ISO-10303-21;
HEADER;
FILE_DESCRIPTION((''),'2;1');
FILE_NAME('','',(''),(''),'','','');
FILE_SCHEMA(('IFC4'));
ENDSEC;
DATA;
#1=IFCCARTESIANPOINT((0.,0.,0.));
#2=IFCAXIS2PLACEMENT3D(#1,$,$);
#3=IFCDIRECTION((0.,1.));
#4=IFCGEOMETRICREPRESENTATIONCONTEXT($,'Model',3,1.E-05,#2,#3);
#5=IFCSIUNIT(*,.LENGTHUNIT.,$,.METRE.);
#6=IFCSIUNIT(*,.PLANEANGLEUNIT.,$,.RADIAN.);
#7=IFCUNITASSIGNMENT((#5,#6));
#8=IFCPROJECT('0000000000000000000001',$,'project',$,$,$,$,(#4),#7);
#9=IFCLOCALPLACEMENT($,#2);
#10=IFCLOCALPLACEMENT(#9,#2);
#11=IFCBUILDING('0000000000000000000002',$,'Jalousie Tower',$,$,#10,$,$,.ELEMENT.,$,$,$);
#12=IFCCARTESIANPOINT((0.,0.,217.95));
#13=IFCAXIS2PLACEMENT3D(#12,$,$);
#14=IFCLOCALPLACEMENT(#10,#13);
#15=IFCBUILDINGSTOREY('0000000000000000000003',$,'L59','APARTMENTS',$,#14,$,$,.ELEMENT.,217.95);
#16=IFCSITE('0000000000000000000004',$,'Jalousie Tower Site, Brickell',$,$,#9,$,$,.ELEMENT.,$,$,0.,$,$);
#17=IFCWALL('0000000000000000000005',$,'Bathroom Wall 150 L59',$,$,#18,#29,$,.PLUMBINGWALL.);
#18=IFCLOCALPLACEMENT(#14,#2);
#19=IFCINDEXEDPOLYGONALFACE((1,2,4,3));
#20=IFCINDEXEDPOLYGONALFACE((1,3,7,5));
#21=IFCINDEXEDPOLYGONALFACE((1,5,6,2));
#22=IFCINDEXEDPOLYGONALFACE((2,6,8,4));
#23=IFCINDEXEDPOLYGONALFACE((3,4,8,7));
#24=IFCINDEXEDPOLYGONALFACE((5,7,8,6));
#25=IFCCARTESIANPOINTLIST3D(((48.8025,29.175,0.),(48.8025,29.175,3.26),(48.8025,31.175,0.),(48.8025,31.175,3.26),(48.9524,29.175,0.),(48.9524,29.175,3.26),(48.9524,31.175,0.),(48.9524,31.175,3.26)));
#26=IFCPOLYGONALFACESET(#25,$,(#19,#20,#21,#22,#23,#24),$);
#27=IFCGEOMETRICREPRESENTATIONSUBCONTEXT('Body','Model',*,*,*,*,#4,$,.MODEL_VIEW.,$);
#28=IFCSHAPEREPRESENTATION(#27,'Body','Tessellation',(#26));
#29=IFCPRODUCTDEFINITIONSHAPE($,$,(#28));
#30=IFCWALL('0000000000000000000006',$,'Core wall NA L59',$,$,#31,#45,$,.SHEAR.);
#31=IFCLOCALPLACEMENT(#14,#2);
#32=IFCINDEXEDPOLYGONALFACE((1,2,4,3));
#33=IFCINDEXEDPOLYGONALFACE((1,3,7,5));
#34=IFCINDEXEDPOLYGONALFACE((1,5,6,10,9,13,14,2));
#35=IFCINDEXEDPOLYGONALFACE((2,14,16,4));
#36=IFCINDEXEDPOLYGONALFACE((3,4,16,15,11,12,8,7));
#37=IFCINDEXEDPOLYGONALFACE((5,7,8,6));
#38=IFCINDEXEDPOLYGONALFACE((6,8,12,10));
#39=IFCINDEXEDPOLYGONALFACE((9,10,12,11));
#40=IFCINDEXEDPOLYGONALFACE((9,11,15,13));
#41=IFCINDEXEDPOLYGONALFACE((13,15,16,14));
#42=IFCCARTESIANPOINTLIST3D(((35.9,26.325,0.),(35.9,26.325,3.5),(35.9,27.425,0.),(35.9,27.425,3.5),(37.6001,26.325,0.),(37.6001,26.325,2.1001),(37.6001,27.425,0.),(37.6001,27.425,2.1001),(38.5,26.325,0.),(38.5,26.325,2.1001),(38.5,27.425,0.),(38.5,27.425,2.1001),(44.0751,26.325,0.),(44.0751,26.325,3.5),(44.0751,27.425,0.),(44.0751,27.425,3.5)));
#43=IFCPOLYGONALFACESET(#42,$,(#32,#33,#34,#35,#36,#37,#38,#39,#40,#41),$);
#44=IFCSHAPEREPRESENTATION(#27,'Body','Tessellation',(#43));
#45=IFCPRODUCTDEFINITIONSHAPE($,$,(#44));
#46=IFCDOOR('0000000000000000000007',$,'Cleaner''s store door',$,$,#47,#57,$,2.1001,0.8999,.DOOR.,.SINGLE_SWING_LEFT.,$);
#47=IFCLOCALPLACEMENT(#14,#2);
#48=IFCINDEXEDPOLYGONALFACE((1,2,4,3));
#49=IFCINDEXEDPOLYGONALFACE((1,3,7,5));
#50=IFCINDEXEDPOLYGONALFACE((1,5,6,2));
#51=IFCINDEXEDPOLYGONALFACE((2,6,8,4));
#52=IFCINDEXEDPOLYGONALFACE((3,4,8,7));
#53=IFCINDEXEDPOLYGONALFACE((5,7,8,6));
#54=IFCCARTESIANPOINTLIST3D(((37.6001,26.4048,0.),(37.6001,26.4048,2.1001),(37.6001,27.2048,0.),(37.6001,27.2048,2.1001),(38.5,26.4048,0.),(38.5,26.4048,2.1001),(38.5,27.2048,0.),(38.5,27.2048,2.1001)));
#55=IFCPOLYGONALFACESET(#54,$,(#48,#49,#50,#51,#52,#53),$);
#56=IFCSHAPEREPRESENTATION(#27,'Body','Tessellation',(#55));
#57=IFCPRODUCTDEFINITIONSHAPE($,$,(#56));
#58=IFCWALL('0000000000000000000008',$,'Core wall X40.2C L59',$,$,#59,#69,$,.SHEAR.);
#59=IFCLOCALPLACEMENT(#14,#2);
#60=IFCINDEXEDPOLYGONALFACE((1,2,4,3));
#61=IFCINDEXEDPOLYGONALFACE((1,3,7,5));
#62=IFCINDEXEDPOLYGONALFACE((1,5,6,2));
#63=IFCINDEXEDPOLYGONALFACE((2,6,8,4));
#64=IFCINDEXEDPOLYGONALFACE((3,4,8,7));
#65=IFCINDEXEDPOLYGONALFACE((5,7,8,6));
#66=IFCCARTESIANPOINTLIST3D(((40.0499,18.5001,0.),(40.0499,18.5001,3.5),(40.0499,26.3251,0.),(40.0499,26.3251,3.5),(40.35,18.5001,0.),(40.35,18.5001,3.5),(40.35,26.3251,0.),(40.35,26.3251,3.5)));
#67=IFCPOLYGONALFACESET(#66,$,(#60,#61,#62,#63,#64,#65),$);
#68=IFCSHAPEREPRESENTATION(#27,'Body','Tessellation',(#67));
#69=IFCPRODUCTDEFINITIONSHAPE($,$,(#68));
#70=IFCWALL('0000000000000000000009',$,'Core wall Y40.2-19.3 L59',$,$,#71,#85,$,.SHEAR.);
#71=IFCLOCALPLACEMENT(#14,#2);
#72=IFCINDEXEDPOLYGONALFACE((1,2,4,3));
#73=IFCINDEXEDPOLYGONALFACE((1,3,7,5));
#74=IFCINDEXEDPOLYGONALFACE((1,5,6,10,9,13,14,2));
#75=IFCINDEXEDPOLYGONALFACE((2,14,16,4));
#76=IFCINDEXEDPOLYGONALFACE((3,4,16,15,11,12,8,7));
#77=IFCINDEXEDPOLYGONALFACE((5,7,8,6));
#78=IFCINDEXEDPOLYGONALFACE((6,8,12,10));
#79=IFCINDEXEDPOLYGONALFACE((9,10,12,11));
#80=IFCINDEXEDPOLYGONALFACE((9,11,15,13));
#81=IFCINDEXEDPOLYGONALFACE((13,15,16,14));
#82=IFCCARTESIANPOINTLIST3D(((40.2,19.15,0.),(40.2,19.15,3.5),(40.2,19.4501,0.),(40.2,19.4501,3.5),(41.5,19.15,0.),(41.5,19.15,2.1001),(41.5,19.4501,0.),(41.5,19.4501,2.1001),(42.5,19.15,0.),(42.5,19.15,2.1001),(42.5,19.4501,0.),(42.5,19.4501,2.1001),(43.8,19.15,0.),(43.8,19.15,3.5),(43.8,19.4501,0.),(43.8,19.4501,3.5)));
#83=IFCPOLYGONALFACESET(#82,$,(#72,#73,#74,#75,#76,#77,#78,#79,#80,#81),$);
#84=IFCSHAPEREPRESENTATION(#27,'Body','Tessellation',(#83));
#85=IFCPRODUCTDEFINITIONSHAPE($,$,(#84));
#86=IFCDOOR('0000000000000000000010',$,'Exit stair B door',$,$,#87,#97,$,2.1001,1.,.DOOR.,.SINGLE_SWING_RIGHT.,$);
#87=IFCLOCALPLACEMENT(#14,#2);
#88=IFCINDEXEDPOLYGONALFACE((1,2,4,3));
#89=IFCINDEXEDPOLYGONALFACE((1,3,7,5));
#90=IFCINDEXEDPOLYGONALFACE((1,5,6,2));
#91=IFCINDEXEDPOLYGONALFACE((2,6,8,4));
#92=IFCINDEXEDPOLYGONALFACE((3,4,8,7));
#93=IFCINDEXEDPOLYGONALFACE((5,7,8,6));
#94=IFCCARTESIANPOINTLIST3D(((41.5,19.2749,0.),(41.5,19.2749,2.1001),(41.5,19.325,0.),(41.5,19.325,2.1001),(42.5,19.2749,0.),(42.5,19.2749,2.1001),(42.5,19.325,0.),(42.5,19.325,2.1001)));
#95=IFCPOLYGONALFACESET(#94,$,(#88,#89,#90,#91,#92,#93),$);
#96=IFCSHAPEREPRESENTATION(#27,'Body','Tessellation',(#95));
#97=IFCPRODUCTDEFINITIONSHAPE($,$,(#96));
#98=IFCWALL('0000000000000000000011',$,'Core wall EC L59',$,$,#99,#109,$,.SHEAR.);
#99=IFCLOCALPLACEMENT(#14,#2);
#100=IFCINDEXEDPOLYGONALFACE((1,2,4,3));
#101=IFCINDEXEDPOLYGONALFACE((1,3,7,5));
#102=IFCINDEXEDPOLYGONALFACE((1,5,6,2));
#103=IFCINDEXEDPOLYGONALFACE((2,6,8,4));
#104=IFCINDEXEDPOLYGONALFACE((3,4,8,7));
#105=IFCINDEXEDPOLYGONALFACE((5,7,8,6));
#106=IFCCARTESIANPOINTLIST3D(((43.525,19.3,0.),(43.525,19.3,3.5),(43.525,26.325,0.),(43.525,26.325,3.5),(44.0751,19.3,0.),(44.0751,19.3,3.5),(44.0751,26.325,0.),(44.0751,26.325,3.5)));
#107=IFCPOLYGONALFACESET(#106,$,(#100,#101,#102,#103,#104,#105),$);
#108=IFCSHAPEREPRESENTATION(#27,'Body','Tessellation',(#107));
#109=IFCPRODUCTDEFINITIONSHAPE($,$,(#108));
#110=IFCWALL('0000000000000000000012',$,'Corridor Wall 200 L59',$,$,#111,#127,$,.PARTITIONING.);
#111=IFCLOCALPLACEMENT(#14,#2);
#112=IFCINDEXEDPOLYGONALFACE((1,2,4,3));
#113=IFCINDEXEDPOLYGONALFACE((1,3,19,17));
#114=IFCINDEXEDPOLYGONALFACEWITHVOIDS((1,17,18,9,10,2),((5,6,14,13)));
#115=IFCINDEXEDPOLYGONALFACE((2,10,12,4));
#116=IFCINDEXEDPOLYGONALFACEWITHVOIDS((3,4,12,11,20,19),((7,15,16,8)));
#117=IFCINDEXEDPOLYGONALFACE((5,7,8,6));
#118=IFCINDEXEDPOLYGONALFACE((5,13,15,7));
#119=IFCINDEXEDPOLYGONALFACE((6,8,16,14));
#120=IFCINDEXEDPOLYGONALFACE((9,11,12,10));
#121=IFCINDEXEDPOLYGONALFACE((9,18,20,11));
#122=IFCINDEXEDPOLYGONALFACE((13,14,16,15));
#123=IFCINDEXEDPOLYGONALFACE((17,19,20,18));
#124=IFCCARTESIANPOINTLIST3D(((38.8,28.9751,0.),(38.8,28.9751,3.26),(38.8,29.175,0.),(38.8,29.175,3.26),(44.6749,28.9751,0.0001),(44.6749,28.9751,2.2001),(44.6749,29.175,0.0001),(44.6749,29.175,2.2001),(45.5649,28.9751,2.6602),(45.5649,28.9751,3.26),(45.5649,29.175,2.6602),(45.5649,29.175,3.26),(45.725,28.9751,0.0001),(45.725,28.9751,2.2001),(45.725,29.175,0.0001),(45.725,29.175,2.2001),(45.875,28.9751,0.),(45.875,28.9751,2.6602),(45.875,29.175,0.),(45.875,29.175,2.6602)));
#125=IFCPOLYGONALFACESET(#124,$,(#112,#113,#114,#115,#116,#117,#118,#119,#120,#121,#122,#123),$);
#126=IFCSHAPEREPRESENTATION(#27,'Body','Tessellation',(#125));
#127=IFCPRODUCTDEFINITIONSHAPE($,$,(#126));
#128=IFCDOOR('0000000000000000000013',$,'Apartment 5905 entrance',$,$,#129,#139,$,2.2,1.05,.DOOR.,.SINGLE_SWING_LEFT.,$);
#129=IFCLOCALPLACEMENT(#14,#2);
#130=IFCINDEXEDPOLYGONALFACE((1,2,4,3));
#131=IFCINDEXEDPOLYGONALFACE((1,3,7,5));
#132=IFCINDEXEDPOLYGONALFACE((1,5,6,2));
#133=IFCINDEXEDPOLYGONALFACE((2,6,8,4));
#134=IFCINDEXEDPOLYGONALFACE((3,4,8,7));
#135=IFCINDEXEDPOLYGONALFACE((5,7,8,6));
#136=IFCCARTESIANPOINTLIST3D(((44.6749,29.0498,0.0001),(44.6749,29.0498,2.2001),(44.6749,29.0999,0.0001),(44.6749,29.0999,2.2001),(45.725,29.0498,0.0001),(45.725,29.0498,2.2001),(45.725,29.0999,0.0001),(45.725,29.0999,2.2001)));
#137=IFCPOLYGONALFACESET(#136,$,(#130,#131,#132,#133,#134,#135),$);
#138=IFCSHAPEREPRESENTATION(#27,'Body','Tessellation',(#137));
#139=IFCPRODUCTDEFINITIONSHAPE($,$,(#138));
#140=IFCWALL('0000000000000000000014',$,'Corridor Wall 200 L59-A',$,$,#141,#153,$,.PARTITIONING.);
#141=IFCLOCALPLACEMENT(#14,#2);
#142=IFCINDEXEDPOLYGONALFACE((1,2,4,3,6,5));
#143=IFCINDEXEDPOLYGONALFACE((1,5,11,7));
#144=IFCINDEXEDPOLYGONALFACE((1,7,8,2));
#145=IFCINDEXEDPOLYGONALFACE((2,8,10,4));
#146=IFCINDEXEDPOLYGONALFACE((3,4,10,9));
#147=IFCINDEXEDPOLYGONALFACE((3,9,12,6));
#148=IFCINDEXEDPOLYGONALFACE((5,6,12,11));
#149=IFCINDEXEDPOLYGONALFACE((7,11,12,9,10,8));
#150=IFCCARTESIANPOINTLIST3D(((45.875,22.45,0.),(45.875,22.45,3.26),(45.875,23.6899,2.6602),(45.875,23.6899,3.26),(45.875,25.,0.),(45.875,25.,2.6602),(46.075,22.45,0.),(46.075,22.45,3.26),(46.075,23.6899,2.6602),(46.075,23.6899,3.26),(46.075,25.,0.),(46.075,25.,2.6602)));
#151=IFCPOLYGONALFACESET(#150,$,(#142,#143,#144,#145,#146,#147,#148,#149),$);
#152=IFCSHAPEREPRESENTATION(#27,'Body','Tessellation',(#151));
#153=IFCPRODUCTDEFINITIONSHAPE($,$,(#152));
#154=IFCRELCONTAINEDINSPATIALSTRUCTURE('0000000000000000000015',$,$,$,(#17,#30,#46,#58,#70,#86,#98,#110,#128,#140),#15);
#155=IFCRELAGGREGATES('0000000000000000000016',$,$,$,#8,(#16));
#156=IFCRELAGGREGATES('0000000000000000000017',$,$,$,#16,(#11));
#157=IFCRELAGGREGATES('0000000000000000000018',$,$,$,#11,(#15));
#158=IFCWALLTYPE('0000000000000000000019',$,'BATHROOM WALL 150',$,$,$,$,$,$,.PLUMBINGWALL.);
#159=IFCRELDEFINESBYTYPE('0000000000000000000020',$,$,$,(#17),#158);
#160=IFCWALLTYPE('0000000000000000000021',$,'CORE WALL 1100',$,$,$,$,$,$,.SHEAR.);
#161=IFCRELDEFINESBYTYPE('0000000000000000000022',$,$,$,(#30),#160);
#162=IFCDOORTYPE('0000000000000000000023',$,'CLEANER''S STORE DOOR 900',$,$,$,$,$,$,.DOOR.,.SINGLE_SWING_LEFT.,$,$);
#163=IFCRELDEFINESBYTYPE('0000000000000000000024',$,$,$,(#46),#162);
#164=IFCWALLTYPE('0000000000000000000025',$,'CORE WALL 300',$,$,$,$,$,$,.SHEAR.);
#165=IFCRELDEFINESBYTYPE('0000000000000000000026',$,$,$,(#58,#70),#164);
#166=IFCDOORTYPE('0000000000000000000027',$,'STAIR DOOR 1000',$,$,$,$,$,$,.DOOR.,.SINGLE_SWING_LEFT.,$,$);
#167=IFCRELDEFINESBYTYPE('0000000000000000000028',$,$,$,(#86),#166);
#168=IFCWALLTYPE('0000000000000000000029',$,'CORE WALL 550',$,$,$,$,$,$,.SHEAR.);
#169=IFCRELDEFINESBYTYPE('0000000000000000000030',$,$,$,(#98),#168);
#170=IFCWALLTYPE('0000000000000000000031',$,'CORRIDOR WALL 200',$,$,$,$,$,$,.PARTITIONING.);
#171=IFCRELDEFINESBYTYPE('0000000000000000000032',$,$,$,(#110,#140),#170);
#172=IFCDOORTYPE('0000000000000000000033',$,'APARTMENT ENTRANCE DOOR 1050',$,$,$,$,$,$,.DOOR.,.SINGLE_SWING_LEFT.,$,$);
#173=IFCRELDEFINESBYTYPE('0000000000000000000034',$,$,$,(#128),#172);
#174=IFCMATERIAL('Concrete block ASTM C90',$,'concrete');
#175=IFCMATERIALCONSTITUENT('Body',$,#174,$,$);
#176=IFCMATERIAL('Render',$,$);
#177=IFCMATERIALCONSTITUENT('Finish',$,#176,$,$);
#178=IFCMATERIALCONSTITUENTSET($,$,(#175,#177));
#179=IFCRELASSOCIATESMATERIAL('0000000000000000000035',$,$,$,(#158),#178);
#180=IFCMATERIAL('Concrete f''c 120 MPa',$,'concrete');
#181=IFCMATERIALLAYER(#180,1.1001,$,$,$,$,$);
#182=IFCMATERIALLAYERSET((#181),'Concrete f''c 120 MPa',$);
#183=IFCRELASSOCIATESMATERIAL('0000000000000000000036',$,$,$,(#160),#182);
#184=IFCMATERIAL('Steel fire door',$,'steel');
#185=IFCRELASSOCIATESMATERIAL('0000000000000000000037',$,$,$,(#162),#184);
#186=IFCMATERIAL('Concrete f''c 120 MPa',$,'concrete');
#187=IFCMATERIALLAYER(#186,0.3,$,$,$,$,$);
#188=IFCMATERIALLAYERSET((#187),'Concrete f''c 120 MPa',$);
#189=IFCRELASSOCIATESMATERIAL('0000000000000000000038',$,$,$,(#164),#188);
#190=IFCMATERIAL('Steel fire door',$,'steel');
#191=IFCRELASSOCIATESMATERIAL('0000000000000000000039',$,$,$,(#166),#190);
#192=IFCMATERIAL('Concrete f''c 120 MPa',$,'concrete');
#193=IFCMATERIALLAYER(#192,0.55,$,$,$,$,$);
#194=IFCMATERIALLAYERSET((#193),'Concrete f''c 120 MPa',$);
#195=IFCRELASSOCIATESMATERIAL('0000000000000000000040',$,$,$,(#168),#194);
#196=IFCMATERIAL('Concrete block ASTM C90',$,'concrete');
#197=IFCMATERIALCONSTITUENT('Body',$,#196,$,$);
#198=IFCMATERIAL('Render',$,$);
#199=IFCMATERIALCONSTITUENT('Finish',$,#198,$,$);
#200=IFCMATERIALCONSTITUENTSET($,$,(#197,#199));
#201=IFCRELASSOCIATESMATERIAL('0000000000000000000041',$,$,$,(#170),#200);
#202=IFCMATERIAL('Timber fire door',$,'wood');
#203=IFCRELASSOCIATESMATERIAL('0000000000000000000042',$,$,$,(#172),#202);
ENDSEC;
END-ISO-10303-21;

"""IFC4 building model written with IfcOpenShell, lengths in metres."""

from ifc_helpers import new_model, si_unit, direction, frame, frame_2d, origin, place, context, subcontext, project, spatial, polyline, rectangle, outline, extrude, material, layer, layer_set, constituent, constituent_set, type_object, element, fill, save


model = new_model("IFC4")

# Units and contexts
model_context = context("Model", 3, precision=1e-05, world=origin(), true_north=direction((0.0, 1.0)))
body_context = subcontext(model_context, "Body", "Model", "MODEL_VIEW")
ifc_project = project(units=[si_unit("LENGTHUNIT", "METRE"), si_unit("PLANEANGLEUNIT", "RADIAN")], contexts=[model_context])

# Site, building, storey
site_placement = place(None, origin())
site = spatial("IfcSite", under=ifc_project, at=site_placement, Name="Jalousie Tower Site, Brickell", CompositionType="ELEMENT", RefElevation=0.0)
building_placement = place(site_placement, origin())
building = spatial("IfcBuilding", under=site, at=building_placement, Name="Jalousie Tower", CompositionType="ELEMENT")
storey_placement = place(building_placement, frame((0.0, 0.0, 217.95)))
storey = spatial("IfcBuildingStorey", under=building, at=storey_placement, Name="L59", Description="APARTMENTS", CompositionType="ELEMENT", Elevation=217.95)

# Shared definitions
ifc_material_1 = material(Name="Concrete block ASTM C90", Category="concrete")
ifc_constituent_1 = constituent(ifc_material_1, Name="Body")
ifc_material_2 = material(Name="Render")
ifc_constituent_2 = constituent(ifc_material_2, Name="Finish")
ifc_constituent_set_1 = constituent_set(constituents=[ifc_constituent_1, ifc_constituent_2])
wall_type_1 = type_object("IfcWallType", Name="BATHROOM WALL 150", PredefinedType="PLUMBINGWALL", material=ifc_constituent_set_1)

# Wall
wall_1_placement = place(storey_placement, frame((48.8774, 29.175, 0.0), z_axis=(0.0, 0.0, 1.0), x_axis=(0.0, 1.0, 0.0)))
element("IfcWall", 1, at=wall_1_placement, inside=storey, type_object=wall_type_1, Name="Bathroom Wall 150 L59", PredefinedType="PLUMBINGWALL", context=body_context, shape_type="SweptSolid", body=[
    extrude(rectangle(XDim=2.0, YDim=0.1499, at=frame_2d((1.0, 0.0))), origin(), (0.0, 0.0, 1.0), 3.26),
])

# Wall, opening, door
ifc_material_3 = material(Name="Concrete f'c 120 MPa", Category="concrete")
ifc_layer_1 = layer(ifc_material_3, 1.1001)
ifc_layer_set_1 = layer_set([ifc_layer_1], Name="Concrete f'c 120 MPa")
wall_type_2 = type_object("IfcWallType", Name="CORE WALL 1100", PredefinedType="SHEAR", material=ifc_layer_set_1)
wall_2_placement = place(storey_placement, frame((44.075, 26.875, 0.0), z_axis=(0.0, 0.0, 1.0), x_axis=(-1.0, 0.0, 0.0)))
wall_2 = element("IfcWall", 2, at=wall_2_placement, inside=storey, type_object=wall_type_2, Name="Core wall NA L59", PredefinedType="SHEAR", context=body_context, shape_type="SweptSolid", body=[
    extrude(rectangle(XDim=8.175, YDim=1.1001, at=frame_2d((4.0874, 0.0))), origin(), (0.0, 0.0, 1.0), 3.5),
])
opening_1_placement = place(wall_2_placement, frame((5.575, 0.0, 0.0)))
opening_1 = element("IfcOpeningElement", 3, at=opening_1_placement, cuts=wall_2, PredefinedType="OPENING", context=body_context, shape_type="SweptSolid", body=[
    extrude(rectangle(XDim=0.8999, YDim=2.1001, at=frame_2d((0.45, 1.05))), frame((0.0, 0.5601, 0.0), z_axis=(0.0, -1.0, 0.0), x_axis=(1.0, 0.0, 0.0)), (0.0, 0.0, 1.0), 1.1201),
])
ifc_material_4 = material(Name="Steel fire door", Category="steel")
door_type_1 = type_object("IfcDoorType", Name="CLEANER'S STORE DOOR 900", OperationType="SINGLE_SWING_LEFT", PredefinedType="DOOR", material=ifc_material_4)
door_1_placement = place(opening_1_placement, origin())
door_1 = element("IfcDoor", 4, at=door_1_placement, inside=storey, type_object=door_type_1, Name="Cleaner's store door", OperationType="SINGLE_SWING_LEFT", OverallHeight=2.1001, OverallWidth=0.8999, PredefinedType="DOOR", context=body_context, shape_type="SweptSolid", body=[
    extrude(rectangle(XDim=0.8999, YDim=2.1001, at=frame_2d((0.45, 1.05))), frame((0.0, 0.4702, 0.0), z_axis=(0.0, -1.0, 0.0), x_axis=(1.0, 0.0, 0.0)), (0.0, 0.0, 1.0), 0.8),
])
fill(opening_1, door_1)

# Wall
ifc_material_5 = material(Name="Concrete f'c 120 MPa", Category="concrete")
ifc_layer_2 = layer(ifc_material_5, 0.3)
ifc_layer_set_2 = layer_set([ifc_layer_2], Name="Concrete f'c 120 MPa")
wall_type_3 = type_object("IfcWallType", Name="CORE WALL 300", PredefinedType="SHEAR", material=ifc_layer_set_2)
wall_3_placement = place(storey_placement, frame((40.2, 18.5, 0.0), z_axis=(0.0, 0.0, 1.0), x_axis=(0.0, 1.0, 0.0)))
element("IfcWall", 5, at=wall_3_placement, inside=storey, type_object=wall_type_3, Name="Core wall X40.2C L59", PredefinedType="SHEAR", context=body_context, shape_type="SweptSolid", body=[
    extrude(rectangle(XDim=7.825, YDim=0.3, at=frame_2d((3.9126, 0.0))), origin(), (0.0, 0.0, 1.0), 3.5),
])

# Wall, opening, door
wall_4_placement = place(storey_placement, frame((40.2, 19.3, 0.0), z_axis=(0.0, 0.0, 1.0), x_axis=(1.0, 0.0, 0.0)))
wall_4 = element("IfcWall", 6, at=wall_4_placement, inside=storey, type_object=wall_type_3, Name="Core wall Y40.2-19.3 L59", PredefinedType="SHEAR", context=body_context, shape_type="SweptSolid", body=[
    extrude(rectangle(XDim=3.6001, YDim=0.3, at=frame_2d((1.8, 0.0))), origin(), (0.0, 0.0, 1.0), 3.5),
])
opening_2_placement = place(wall_4_placement, frame((1.3, 0.0, 0.0)))
opening_2 = element("IfcOpeningElement", 7, at=opening_2_placement, cuts=wall_4, PredefinedType="OPENING", context=body_context, shape_type="SweptSolid", body=[
    extrude(rectangle(XDim=1.0, YDim=2.1001, at=frame_2d((0.5, 1.05))), frame((0.0, 0.1599, 0.0), z_axis=(0.0, -1.0, 0.0), x_axis=(1.0, 0.0, 0.0)), (0.0, 0.0, 1.0), 0.3201),
])
ifc_material_6 = material(Name="Steel fire door", Category="steel")
door_type_2 = type_object("IfcDoorType", Name="STAIR DOOR 1000", OperationType="SINGLE_SWING_LEFT", PredefinedType="DOOR", material=ifc_material_6)
door_2_placement = place(opening_2_placement, origin())
door_2 = element("IfcDoor", 8, at=door_2_placement, inside=storey, type_object=door_type_2, Name="Exit stair B door", OperationType="SINGLE_SWING_RIGHT", OverallHeight=2.1001, OverallWidth=1.0, PredefinedType="DOOR", context=body_context, shape_type="SweptSolid", body=[
    extrude(rectangle(XDim=1.0, YDim=2.1001, at=frame_2d((0.5, 1.05))), frame((0.0, 0.0249, 0.0), z_axis=(0.0, -1.0, 0.0), x_axis=(1.0, 0.0, 0.0)), (0.0, 0.0, 1.0), 0.05),
])
fill(opening_2, door_2)

# Wall
ifc_material_7 = material(Name="Concrete f'c 120 MPa", Category="concrete")
ifc_layer_3 = layer(ifc_material_7, 0.55)
ifc_layer_set_3 = layer_set([ifc_layer_3], Name="Concrete f'c 120 MPa")
wall_type_4 = type_object("IfcWallType", Name="CORE WALL 550", PredefinedType="SHEAR", material=ifc_layer_set_3)
wall_5_placement = place(storey_placement, frame((43.8, 19.3, 0.0), z_axis=(0.0, 0.0, 1.0), x_axis=(0.0, 1.0, 0.0)))
element("IfcWall", 9, at=wall_5_placement, inside=storey, type_object=wall_type_4, Name="Core wall EC L59", PredefinedType="SHEAR", context=body_context, shape_type="SweptSolid", body=[
    extrude(rectangle(XDim=7.0249, YDim=0.55, at=frame_2d((3.5125, 0.0))), origin(), (0.0, 0.0, 1.0), 3.5),
])

# Wall, opening, door
ifc_material_8 = material(Name="Concrete block ASTM C90", Category="concrete")
ifc_constituent_3 = constituent(ifc_material_8, Name="Body")
ifc_material_9 = material(Name="Render")
ifc_constituent_4 = constituent(ifc_material_9, Name="Finish")
ifc_constituent_set_2 = constituent_set(constituents=[ifc_constituent_3, ifc_constituent_4])
wall_type_5 = type_object("IfcWallType", Name="CORRIDOR WALL 200", PredefinedType="PARTITIONING", material=ifc_constituent_set_2)
wall_6_placement = place(storey_placement, frame((38.8, 29.075, 0.0), z_axis=(0.0, 0.0, 1.0), x_axis=(1.0, 0.0, 0.0)))
wall_6 = element("IfcWall", 10, at=wall_6_placement, inside=storey, type_object=wall_type_5, Name="Corridor Wall 200 L59", PredefinedType="PARTITIONING", context=body_context, shape_type="SweptSolid", body=[
    extrude(outline(polyline([(0.0, 0.0), (7.075, 0.0), (7.075, 3.26), (7.075, 2.6602), (6.7649, 2.6602), (6.7649, 3.26), (0.0, 3.26), (0.0, 0.0)])), frame((0.0, 0.1001, 0.0), z_axis=(0.0, -1.0, 0.0), x_axis=(1.0, 0.0, 0.0)), (0.0, 0.0, 1.0), 0.2),
])
opening_3_placement = place(wall_6_placement, frame((5.875, 0.0, 0.0)))
opening_3 = element("IfcOpeningElement", 11, at=opening_3_placement, cuts=wall_6, PredefinedType="OPENING", context=body_context, shape_type="SweptSolid", body=[
    extrude(rectangle(XDim=1.05, YDim=2.2, at=frame_2d((0.5249, 1.1001))), frame((0.0, 0.1099, 0.0), z_axis=(0.0, -1.0, 0.0), x_axis=(1.0, 0.0, 0.0)), (0.0, 0.0, 1.0), 0.22),
])
ifc_material_10 = material(Name="Timber fire door", Category="wood")
door_type_3 = type_object("IfcDoorType", Name="APARTMENT ENTRANCE DOOR 1050", OperationType="SINGLE_SWING_LEFT", PredefinedType="DOOR", material=ifc_material_10)
door_3_placement = place(opening_3_placement, origin())
door_3 = element("IfcDoor", 12, at=door_3_placement, inside=storey, type_object=door_type_3, Name="Apartment 5905 entrance", OperationType="SINGLE_SWING_LEFT", OverallHeight=2.2, OverallWidth=1.05, PredefinedType="DOOR", context=body_context, shape_type="SweptSolid", body=[
    extrude(rectangle(XDim=1.05, YDim=2.2, at=frame_2d((0.5249, 1.1001))), frame((0.0, 0.0249, 0.0), z_axis=(0.0, -1.0, 0.0), x_axis=(1.0, 0.0, 0.0)), (0.0, 0.0, 1.0), 0.05),
])
fill(opening_3, door_3)

# Wall
wall_7_placement = place(storey_placement, frame((45.9751, 22.45, 0.0), z_axis=(0.0, 0.0, 1.0), x_axis=(0.0, 1.0, 0.0)))
element("IfcWall", 13, at=wall_7_placement, inside=storey, type_object=wall_type_5, Name="Corridor Wall 200 L59-A", PredefinedType="PARTITIONING", context=body_context, shape_type="SweptSolid", body=[
    extrude(outline(polyline([(0.0, 0.0), (2.55, 0.0), (2.55, 2.6602), (1.24, 2.6602), (1.24, 3.26), (0.0, 3.26), (0.0, 0.0)])), frame((0.0, 0.1001, 0.0), z_axis=(0.0, -1.0, 0.0), x_axis=(1.0, 0.0, 0.0)), (0.0, 0.0, 1.0), 0.2),
])

save(model, "model.ifc")
